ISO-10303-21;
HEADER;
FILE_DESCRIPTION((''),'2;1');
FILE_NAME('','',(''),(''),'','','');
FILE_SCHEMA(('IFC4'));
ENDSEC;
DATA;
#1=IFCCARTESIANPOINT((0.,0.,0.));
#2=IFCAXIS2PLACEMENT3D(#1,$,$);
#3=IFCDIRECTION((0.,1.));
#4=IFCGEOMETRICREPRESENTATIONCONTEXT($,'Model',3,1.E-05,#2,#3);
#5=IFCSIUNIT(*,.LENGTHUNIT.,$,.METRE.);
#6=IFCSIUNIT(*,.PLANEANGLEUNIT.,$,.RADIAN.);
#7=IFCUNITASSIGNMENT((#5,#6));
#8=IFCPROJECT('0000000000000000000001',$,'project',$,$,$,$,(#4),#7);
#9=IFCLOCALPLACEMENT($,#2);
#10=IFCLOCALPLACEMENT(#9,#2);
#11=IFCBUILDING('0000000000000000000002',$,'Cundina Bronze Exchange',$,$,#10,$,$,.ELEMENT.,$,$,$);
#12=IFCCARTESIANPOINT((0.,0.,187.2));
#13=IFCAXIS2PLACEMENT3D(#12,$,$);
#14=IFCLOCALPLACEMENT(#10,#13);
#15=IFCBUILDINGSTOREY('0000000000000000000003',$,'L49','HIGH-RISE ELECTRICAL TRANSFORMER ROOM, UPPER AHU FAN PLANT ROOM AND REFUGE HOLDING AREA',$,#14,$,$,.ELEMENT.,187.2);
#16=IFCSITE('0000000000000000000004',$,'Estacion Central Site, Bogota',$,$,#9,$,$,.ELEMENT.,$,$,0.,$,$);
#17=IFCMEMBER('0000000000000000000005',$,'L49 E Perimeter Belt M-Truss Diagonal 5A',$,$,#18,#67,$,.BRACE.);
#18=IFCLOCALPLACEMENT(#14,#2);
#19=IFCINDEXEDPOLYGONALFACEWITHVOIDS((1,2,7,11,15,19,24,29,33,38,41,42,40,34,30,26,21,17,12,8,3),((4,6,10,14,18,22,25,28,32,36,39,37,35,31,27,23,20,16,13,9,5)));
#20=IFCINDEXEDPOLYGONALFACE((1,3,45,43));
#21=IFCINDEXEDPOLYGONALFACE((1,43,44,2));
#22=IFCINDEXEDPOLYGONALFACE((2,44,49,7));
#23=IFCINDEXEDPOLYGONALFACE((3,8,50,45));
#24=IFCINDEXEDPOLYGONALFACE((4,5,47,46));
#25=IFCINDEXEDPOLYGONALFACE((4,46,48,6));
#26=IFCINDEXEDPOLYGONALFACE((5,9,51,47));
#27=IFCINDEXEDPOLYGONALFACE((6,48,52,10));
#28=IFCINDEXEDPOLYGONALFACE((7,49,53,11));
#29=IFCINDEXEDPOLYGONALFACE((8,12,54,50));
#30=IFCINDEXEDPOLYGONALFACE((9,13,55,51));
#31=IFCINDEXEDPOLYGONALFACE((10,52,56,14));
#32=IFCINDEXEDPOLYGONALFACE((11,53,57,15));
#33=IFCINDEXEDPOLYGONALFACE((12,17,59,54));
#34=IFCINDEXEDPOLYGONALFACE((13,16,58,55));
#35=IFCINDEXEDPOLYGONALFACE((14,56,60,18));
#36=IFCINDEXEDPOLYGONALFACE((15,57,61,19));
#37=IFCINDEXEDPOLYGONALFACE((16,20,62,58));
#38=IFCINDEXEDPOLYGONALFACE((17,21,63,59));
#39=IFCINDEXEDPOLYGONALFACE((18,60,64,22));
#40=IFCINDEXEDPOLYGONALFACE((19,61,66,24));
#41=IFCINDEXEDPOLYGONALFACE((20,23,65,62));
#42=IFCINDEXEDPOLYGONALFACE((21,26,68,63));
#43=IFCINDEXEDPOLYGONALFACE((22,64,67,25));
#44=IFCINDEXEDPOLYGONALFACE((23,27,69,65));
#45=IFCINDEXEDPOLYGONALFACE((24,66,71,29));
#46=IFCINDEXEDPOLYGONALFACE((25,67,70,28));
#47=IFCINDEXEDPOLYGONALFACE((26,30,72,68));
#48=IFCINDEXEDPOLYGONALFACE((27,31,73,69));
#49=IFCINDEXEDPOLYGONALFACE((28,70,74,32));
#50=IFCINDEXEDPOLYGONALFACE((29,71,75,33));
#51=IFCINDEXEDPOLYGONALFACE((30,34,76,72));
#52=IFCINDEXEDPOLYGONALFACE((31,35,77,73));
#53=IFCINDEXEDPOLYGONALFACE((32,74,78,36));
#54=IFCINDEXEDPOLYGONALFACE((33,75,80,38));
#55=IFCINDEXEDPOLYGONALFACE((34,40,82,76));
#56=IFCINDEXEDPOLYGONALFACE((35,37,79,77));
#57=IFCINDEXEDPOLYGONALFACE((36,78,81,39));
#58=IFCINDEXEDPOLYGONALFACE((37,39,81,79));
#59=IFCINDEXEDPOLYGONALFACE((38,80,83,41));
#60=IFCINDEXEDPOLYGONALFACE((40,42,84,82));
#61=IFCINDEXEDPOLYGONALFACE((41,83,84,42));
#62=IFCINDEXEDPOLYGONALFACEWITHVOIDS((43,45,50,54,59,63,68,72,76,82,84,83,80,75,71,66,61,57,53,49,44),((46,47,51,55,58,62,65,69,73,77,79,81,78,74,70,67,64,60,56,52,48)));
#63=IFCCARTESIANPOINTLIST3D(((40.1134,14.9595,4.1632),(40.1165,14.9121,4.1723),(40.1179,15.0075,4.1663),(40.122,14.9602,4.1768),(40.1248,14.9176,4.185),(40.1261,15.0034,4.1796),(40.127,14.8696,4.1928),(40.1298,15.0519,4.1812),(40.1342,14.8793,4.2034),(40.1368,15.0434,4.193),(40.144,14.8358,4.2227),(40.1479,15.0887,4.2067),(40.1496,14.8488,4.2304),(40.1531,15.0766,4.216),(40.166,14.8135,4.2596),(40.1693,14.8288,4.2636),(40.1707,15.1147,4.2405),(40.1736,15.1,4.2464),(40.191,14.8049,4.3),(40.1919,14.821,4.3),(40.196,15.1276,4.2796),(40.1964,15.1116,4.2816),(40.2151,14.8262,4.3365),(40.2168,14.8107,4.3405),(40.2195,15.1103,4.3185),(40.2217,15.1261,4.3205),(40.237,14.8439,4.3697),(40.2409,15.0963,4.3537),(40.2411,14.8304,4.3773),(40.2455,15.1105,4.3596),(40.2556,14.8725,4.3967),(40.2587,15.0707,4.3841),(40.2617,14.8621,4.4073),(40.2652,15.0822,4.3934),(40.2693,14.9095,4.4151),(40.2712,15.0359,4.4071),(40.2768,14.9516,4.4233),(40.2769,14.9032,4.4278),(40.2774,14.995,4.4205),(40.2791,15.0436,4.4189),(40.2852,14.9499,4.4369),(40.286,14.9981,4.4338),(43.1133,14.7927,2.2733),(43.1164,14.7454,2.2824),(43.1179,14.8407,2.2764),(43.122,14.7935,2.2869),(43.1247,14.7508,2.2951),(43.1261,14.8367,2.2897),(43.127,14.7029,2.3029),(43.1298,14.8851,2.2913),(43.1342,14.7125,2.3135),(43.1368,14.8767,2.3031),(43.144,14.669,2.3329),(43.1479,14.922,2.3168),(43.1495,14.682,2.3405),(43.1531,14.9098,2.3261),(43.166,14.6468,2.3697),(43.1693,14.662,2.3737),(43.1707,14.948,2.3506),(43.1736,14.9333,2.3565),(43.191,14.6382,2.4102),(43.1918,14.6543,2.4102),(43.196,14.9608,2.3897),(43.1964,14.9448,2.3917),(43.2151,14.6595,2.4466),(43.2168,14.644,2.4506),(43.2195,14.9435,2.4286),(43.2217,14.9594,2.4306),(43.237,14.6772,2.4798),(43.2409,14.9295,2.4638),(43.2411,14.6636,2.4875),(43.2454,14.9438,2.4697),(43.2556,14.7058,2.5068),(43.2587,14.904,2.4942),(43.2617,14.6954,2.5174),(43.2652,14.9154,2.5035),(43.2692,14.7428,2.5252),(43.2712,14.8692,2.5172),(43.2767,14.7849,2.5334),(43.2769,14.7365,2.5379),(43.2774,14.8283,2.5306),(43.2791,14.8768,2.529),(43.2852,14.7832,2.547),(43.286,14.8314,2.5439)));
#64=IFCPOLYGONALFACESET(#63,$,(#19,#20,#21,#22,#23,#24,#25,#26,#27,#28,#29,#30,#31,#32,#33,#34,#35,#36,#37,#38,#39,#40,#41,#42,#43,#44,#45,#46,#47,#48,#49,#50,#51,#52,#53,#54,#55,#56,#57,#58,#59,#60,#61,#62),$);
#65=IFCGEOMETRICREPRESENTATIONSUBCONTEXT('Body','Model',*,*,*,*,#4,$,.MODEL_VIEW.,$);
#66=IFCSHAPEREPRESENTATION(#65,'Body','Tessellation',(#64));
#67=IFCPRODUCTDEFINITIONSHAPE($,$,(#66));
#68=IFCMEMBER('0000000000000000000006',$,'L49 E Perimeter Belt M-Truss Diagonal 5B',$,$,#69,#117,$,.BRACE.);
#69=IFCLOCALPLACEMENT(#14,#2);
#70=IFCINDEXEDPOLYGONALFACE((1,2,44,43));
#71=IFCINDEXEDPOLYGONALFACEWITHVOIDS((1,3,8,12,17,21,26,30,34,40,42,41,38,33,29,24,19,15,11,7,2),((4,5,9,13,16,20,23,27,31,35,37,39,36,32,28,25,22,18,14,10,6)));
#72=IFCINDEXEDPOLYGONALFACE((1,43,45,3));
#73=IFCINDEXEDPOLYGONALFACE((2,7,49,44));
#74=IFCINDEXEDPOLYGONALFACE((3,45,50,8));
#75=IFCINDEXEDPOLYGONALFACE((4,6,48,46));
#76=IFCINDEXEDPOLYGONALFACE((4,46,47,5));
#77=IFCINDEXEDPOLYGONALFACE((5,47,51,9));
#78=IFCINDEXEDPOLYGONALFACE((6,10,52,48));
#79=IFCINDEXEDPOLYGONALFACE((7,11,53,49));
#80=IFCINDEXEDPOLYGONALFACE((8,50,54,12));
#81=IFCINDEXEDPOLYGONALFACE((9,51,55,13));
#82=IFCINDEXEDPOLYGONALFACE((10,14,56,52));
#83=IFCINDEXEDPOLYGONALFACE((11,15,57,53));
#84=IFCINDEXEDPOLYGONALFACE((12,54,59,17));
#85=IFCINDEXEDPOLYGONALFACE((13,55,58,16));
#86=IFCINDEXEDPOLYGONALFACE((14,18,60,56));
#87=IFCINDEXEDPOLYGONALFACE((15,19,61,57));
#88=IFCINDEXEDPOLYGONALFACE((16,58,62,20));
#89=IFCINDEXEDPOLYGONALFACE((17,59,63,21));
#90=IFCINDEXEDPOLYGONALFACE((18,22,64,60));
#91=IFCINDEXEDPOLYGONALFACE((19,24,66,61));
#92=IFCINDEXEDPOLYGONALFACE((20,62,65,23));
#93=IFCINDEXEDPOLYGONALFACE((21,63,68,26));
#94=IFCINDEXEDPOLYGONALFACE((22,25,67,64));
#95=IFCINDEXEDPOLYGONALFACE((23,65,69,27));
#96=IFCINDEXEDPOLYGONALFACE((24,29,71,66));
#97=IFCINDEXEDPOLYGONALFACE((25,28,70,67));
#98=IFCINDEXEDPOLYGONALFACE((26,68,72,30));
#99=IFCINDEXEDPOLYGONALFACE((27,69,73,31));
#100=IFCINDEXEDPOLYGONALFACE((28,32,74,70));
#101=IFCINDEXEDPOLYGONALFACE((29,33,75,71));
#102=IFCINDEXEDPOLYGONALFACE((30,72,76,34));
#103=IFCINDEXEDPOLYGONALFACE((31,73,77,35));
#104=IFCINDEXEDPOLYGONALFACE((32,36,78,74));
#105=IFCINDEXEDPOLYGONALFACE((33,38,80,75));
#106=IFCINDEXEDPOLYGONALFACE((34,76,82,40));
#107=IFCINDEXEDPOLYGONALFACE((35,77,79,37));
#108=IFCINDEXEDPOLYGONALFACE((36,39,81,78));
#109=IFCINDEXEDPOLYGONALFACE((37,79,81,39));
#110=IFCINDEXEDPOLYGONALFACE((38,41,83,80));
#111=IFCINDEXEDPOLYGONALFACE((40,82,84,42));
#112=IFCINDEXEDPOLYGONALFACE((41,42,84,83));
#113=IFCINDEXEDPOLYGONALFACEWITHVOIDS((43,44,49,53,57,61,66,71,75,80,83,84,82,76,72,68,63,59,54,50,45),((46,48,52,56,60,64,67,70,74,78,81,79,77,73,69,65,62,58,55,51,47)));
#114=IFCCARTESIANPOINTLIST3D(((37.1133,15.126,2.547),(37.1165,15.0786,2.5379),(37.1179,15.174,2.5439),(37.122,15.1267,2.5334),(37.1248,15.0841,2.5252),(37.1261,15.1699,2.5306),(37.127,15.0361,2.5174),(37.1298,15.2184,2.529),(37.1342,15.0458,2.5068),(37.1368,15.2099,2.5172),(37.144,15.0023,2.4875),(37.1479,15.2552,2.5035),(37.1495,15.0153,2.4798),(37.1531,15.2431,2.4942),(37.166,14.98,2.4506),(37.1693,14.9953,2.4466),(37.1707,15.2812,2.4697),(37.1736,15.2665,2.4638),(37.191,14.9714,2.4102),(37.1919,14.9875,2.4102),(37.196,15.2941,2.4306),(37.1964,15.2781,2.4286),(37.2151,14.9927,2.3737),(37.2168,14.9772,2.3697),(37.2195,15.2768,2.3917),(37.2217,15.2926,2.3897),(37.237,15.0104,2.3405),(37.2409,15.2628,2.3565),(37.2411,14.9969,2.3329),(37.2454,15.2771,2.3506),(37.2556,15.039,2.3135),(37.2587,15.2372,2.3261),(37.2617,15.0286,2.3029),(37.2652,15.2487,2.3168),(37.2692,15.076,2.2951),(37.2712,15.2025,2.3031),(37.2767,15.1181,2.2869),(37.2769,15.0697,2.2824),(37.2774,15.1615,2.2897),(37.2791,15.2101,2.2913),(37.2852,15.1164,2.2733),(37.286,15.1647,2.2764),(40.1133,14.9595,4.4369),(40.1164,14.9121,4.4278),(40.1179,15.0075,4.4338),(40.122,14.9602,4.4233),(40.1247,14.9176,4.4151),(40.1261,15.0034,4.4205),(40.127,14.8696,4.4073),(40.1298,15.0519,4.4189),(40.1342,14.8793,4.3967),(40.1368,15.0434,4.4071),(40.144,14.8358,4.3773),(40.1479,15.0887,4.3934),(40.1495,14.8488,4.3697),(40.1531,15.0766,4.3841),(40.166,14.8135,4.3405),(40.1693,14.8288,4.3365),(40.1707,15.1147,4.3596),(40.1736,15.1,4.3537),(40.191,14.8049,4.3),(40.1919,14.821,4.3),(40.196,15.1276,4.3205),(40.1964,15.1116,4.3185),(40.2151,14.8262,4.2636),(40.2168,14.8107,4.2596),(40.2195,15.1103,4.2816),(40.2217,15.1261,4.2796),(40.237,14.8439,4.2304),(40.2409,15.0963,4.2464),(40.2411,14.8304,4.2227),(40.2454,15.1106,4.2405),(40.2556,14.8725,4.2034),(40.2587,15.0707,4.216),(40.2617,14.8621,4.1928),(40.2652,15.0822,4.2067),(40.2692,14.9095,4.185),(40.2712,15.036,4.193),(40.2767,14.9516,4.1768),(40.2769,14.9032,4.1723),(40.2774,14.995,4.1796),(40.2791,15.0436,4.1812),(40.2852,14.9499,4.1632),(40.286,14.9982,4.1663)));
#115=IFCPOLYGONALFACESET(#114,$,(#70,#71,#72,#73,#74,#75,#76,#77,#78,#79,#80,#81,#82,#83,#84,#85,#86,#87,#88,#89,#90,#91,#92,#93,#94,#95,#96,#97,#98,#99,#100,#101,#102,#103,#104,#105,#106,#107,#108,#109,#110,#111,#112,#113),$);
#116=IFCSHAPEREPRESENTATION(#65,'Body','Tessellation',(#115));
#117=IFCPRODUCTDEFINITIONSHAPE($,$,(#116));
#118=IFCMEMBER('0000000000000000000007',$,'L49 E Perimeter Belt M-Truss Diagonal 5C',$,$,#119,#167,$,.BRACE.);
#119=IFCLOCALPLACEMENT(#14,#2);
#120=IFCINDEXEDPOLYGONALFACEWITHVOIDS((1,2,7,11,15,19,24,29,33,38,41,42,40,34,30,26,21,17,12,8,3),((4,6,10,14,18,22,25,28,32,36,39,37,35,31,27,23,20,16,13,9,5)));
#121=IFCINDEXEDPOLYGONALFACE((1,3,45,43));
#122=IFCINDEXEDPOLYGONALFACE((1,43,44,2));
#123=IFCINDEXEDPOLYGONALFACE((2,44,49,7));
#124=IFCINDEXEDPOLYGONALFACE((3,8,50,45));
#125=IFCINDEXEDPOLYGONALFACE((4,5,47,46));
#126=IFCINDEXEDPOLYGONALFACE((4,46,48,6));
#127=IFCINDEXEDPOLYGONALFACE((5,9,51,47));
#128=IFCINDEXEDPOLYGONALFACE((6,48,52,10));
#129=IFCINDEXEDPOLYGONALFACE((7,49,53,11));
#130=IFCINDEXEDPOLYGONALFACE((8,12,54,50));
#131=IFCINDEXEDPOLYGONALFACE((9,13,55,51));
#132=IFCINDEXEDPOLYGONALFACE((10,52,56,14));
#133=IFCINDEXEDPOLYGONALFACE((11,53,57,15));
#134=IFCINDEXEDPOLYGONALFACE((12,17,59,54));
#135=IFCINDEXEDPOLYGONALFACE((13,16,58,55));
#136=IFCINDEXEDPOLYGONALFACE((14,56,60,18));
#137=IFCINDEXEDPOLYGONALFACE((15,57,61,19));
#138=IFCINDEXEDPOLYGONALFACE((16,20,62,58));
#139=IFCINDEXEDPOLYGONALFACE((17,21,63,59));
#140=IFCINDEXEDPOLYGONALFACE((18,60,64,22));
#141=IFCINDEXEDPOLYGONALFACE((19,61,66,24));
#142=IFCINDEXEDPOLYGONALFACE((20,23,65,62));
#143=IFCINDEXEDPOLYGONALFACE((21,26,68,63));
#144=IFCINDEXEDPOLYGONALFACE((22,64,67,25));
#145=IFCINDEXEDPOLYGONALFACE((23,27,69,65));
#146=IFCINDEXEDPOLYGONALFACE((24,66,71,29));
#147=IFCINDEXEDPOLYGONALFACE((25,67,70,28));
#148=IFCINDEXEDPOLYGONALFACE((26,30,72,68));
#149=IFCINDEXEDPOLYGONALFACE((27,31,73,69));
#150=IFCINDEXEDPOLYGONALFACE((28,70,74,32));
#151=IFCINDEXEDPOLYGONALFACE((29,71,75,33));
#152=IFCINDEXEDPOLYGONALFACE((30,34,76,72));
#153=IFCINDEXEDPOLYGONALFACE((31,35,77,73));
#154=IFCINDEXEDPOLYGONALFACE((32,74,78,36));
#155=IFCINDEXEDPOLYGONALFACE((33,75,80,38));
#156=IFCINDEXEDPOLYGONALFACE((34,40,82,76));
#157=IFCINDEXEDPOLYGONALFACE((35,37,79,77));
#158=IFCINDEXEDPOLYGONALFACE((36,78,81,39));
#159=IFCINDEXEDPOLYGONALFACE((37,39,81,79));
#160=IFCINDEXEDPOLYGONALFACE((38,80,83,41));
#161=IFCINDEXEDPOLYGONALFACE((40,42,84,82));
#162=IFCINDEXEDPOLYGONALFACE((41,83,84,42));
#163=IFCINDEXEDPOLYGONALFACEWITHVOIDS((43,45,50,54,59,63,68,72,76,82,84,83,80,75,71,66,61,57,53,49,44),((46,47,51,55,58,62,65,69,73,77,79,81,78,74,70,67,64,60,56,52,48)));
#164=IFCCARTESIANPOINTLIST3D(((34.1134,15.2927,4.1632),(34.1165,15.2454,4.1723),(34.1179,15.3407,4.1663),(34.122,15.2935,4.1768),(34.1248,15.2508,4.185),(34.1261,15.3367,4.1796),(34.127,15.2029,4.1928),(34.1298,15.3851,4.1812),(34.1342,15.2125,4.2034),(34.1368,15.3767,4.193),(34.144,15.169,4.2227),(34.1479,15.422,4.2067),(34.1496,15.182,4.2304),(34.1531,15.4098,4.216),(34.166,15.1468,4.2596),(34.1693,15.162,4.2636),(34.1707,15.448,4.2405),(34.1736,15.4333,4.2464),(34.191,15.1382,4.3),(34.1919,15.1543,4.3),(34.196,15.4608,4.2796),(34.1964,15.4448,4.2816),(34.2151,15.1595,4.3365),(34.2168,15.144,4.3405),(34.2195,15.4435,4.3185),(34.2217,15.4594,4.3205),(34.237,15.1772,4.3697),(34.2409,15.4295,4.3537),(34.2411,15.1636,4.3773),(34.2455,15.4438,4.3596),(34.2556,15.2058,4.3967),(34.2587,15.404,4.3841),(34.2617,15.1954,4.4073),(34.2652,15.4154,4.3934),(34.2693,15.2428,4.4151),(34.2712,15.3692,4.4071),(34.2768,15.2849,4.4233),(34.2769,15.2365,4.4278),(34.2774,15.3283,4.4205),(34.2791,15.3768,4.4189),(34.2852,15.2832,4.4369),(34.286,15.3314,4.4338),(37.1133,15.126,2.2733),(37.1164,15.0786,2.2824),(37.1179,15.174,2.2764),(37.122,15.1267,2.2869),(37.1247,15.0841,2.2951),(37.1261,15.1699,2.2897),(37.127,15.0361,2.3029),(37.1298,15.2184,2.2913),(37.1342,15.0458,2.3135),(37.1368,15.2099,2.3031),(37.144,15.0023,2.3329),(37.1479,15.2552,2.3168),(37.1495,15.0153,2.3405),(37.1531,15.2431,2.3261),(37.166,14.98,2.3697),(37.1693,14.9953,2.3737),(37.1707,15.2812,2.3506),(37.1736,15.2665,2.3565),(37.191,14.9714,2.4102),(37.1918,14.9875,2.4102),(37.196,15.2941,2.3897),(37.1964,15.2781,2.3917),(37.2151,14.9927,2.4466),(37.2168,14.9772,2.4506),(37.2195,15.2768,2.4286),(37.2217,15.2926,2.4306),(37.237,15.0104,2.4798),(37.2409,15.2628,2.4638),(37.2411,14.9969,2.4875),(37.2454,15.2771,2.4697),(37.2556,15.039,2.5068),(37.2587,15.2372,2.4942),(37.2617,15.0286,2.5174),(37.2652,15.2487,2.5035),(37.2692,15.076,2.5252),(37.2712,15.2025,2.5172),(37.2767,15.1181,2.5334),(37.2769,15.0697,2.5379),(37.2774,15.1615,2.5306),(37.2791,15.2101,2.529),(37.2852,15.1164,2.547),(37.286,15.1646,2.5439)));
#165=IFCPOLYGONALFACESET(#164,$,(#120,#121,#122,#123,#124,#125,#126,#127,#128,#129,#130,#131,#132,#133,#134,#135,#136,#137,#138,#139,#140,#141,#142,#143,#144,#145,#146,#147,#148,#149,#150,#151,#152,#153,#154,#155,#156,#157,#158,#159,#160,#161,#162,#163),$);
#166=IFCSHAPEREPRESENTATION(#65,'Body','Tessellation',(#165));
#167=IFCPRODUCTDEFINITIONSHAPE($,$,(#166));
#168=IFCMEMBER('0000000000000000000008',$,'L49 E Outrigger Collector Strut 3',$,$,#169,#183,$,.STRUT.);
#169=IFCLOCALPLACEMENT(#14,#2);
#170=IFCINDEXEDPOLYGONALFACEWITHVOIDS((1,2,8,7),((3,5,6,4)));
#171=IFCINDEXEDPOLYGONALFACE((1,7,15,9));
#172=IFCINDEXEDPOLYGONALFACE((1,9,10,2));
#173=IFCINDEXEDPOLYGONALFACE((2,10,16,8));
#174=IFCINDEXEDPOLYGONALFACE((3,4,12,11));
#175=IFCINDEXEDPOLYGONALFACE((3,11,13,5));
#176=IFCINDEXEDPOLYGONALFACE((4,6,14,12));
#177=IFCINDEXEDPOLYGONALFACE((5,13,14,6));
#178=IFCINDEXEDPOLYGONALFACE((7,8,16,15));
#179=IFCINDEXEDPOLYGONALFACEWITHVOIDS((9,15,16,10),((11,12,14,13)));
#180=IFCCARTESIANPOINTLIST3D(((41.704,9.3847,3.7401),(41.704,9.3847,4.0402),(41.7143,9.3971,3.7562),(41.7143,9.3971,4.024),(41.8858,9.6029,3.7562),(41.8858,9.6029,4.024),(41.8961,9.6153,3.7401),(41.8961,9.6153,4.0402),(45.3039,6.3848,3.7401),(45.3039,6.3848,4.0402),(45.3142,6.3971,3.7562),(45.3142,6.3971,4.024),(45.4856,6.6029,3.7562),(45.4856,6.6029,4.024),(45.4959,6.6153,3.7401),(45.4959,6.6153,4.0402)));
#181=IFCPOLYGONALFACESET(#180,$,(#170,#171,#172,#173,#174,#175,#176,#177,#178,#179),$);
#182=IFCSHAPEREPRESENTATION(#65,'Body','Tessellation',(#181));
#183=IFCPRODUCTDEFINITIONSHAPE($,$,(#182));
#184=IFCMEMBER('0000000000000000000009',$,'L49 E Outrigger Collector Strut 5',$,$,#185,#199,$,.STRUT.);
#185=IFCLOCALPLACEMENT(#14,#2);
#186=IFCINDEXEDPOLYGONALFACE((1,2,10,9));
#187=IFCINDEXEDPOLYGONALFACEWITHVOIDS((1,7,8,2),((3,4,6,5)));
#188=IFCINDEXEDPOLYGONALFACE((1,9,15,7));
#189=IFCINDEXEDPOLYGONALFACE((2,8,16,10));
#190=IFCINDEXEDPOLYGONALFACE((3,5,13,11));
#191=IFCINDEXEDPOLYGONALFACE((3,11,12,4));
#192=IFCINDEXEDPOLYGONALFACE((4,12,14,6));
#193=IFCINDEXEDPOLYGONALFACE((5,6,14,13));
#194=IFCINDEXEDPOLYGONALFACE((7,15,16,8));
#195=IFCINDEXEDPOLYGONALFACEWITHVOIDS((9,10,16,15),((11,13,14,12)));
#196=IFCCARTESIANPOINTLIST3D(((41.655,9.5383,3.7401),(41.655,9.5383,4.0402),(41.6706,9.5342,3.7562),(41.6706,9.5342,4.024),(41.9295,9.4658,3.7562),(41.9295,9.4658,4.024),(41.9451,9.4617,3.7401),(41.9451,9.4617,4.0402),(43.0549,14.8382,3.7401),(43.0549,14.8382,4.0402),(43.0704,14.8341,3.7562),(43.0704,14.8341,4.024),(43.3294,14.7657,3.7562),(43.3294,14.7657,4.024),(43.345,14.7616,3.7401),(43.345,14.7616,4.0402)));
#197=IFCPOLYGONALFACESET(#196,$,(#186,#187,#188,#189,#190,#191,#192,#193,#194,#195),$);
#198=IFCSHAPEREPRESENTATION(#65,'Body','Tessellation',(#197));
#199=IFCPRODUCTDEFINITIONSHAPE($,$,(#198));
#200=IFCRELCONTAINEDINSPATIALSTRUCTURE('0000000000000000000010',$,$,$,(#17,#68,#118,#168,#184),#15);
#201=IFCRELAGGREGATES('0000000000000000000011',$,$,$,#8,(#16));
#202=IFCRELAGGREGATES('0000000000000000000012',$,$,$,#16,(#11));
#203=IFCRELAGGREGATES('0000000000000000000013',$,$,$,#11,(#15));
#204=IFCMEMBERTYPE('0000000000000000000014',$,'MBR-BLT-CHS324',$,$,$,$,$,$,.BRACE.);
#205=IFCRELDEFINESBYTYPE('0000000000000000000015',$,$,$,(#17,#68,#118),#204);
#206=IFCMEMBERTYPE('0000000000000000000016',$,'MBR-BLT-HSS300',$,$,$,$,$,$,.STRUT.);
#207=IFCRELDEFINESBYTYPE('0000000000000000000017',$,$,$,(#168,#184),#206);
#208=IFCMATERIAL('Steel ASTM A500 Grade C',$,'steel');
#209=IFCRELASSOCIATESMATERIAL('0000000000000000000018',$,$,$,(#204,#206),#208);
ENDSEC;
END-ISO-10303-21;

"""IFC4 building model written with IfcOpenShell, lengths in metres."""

from ifc_helpers import new_model, si_unit, direction, frame, origin, origin_2d, place, context, subcontext, project, spatial, hollow_rectangle, hollow_circle, extrude, material, material_profile, profile_set, type_object, element, save


model = new_model("IFC4")

# Units and contexts
model_context = context("Model", 3, precision=1e-05, world=origin(), true_north=direction((0.0, 1.0)))
body_context = subcontext(model_context, "Body", "Model", "MODEL_VIEW")
ifc_project = project(units=[si_unit("LENGTHUNIT", "METRE"), si_unit("PLANEANGLEUNIT", "RADIAN")], contexts=[model_context])

# Site, building, storey
site_placement = place(None, origin())
site = spatial("IfcSite", under=ifc_project, at=site_placement, Name="Estacion Central Site, Bogota", CompositionType="ELEMENT", RefElevation=0.0)
building_placement = place(site_placement, origin())
building = spatial("IfcBuilding", under=site, at=building_placement, Name="Cundina Bronze Exchange", CompositionType="ELEMENT")
storey_placement = place(building_placement, frame((0.0, 0.0, 187.2)))
storey = spatial("IfcBuildingStorey", under=building, at=storey_placement, Name="L49", Description="HIGH-RISE ELECTRICAL TRANSFORMER ROOM, UPPER AHU FAN PLANT ROOM AND REFUGE HOLDING AREA", CompositionType="ELEMENT", Elevation=187.2)

# Members
ifc_material_1 = material(Name="Steel ASTM A500 Grade C", Category="steel")
ifc_material_profile_1 = material_profile(ifc_material_1, hollow_circle(Radius=0.1621, WallThickness=0.0161, at=origin_2d()), Name="CHS324X16", Category="steel")
ifc_profile_set_1 = profile_set([ifc_material_profile_1], Name="Steel ASTM A500 Grade C")
member_type_1 = type_object("IfcMemberType", Name="MBR-BLT-CHS324", PredefinedType="BRACE", material=ifc_profile_set_1)
for number, where, z_axis, x_axis, name in (
    (1, (43.2, 14.8, 2.4102), (-0.845171, 0.046977, 0.532428), (-0.055497, -0.998459, 0.0), "L49 E Perimeter Belt M-Truss Diagonal 5A"),
    (2, (40.2, 14.9668, 4.3), (-0.845174, 0.046908, -0.532429), (-0.055416, -0.998463, 0.0), "L49 E Perimeter Belt M-Truss Diagonal 5B"),
    (3, (37.2, 15.1333, 2.4102), (-0.845171, 0.046977, 0.532428), (-0.055497, -0.998459, 0.0), "L49 E Perimeter Belt M-Truss Diagonal 5C"),
):
    element("IfcMember", number, at=place(storey_placement, frame(where, z_axis=z_axis, x_axis=x_axis)), inside=storey, type_object=member_type_1, Name=name, PredefinedType="BRACE", context=body_context, shape_type="SweptSolid", body=[
        extrude(hollow_circle(Radius=0.1621, WallThickness=0.0161, at=origin_2d()), origin(), (0.0, 0.0, 1.0), 3.5496),
    ])
ifc_material_profile_2 = material_profile(ifc_material_1, hollow_rectangle(XDim=0.3, YDim=0.3, WallThickness=0.0161, at=origin_2d()), Name="HSS300X300X16", Category="steel")
ifc_profile_set_2 = profile_set([ifc_material_profile_2], Name="Steel ASTM A500 Grade C")
member_type_2 = type_object("IfcMemberType", Name="MBR-BLT-HSS300", PredefinedType="STRUT", material=ifc_profile_set_2)
member_1_placement = place(storey_placement, frame((41.8, 9.5, 3.8901), z_axis=(0.768208, -0.6402, 0.0), x_axis=(0.6402, 0.768208, 0.0)))
element("IfcMember", 4, at=member_1_placement, inside=storey, type_object=member_type_2, Name="L49 E Outrigger Collector Strut 3", PredefinedType="STRUT", context=body_context, shape_type="SweptSolid", body=[
    extrude(hollow_rectangle(XDim=0.3, YDim=0.3, WallThickness=0.0161, at=origin_2d()), origin(), (0.0, 0.0, 1.0), 4.686),
])
member_2_placement = place(storey_placement, frame((41.8, 9.5, 3.8901), z_axis=(0.255372, 0.966843, 0.0), x_axis=(-0.966843, 0.255372, 0.0)))
element("IfcMember", 5, at=member_2_placement, inside=storey, type_object=member_type_2, Name="L49 E Outrigger Collector Strut 5", PredefinedType="STRUT", context=body_context, shape_type="SweptSolid", body=[
    extrude(hollow_rectangle(XDim=0.3, YDim=0.3, WallThickness=0.0161, at=origin_2d()), origin(), (0.0, 0.0, 1.0), 5.4817),
])

save(model, "model.ifc")
